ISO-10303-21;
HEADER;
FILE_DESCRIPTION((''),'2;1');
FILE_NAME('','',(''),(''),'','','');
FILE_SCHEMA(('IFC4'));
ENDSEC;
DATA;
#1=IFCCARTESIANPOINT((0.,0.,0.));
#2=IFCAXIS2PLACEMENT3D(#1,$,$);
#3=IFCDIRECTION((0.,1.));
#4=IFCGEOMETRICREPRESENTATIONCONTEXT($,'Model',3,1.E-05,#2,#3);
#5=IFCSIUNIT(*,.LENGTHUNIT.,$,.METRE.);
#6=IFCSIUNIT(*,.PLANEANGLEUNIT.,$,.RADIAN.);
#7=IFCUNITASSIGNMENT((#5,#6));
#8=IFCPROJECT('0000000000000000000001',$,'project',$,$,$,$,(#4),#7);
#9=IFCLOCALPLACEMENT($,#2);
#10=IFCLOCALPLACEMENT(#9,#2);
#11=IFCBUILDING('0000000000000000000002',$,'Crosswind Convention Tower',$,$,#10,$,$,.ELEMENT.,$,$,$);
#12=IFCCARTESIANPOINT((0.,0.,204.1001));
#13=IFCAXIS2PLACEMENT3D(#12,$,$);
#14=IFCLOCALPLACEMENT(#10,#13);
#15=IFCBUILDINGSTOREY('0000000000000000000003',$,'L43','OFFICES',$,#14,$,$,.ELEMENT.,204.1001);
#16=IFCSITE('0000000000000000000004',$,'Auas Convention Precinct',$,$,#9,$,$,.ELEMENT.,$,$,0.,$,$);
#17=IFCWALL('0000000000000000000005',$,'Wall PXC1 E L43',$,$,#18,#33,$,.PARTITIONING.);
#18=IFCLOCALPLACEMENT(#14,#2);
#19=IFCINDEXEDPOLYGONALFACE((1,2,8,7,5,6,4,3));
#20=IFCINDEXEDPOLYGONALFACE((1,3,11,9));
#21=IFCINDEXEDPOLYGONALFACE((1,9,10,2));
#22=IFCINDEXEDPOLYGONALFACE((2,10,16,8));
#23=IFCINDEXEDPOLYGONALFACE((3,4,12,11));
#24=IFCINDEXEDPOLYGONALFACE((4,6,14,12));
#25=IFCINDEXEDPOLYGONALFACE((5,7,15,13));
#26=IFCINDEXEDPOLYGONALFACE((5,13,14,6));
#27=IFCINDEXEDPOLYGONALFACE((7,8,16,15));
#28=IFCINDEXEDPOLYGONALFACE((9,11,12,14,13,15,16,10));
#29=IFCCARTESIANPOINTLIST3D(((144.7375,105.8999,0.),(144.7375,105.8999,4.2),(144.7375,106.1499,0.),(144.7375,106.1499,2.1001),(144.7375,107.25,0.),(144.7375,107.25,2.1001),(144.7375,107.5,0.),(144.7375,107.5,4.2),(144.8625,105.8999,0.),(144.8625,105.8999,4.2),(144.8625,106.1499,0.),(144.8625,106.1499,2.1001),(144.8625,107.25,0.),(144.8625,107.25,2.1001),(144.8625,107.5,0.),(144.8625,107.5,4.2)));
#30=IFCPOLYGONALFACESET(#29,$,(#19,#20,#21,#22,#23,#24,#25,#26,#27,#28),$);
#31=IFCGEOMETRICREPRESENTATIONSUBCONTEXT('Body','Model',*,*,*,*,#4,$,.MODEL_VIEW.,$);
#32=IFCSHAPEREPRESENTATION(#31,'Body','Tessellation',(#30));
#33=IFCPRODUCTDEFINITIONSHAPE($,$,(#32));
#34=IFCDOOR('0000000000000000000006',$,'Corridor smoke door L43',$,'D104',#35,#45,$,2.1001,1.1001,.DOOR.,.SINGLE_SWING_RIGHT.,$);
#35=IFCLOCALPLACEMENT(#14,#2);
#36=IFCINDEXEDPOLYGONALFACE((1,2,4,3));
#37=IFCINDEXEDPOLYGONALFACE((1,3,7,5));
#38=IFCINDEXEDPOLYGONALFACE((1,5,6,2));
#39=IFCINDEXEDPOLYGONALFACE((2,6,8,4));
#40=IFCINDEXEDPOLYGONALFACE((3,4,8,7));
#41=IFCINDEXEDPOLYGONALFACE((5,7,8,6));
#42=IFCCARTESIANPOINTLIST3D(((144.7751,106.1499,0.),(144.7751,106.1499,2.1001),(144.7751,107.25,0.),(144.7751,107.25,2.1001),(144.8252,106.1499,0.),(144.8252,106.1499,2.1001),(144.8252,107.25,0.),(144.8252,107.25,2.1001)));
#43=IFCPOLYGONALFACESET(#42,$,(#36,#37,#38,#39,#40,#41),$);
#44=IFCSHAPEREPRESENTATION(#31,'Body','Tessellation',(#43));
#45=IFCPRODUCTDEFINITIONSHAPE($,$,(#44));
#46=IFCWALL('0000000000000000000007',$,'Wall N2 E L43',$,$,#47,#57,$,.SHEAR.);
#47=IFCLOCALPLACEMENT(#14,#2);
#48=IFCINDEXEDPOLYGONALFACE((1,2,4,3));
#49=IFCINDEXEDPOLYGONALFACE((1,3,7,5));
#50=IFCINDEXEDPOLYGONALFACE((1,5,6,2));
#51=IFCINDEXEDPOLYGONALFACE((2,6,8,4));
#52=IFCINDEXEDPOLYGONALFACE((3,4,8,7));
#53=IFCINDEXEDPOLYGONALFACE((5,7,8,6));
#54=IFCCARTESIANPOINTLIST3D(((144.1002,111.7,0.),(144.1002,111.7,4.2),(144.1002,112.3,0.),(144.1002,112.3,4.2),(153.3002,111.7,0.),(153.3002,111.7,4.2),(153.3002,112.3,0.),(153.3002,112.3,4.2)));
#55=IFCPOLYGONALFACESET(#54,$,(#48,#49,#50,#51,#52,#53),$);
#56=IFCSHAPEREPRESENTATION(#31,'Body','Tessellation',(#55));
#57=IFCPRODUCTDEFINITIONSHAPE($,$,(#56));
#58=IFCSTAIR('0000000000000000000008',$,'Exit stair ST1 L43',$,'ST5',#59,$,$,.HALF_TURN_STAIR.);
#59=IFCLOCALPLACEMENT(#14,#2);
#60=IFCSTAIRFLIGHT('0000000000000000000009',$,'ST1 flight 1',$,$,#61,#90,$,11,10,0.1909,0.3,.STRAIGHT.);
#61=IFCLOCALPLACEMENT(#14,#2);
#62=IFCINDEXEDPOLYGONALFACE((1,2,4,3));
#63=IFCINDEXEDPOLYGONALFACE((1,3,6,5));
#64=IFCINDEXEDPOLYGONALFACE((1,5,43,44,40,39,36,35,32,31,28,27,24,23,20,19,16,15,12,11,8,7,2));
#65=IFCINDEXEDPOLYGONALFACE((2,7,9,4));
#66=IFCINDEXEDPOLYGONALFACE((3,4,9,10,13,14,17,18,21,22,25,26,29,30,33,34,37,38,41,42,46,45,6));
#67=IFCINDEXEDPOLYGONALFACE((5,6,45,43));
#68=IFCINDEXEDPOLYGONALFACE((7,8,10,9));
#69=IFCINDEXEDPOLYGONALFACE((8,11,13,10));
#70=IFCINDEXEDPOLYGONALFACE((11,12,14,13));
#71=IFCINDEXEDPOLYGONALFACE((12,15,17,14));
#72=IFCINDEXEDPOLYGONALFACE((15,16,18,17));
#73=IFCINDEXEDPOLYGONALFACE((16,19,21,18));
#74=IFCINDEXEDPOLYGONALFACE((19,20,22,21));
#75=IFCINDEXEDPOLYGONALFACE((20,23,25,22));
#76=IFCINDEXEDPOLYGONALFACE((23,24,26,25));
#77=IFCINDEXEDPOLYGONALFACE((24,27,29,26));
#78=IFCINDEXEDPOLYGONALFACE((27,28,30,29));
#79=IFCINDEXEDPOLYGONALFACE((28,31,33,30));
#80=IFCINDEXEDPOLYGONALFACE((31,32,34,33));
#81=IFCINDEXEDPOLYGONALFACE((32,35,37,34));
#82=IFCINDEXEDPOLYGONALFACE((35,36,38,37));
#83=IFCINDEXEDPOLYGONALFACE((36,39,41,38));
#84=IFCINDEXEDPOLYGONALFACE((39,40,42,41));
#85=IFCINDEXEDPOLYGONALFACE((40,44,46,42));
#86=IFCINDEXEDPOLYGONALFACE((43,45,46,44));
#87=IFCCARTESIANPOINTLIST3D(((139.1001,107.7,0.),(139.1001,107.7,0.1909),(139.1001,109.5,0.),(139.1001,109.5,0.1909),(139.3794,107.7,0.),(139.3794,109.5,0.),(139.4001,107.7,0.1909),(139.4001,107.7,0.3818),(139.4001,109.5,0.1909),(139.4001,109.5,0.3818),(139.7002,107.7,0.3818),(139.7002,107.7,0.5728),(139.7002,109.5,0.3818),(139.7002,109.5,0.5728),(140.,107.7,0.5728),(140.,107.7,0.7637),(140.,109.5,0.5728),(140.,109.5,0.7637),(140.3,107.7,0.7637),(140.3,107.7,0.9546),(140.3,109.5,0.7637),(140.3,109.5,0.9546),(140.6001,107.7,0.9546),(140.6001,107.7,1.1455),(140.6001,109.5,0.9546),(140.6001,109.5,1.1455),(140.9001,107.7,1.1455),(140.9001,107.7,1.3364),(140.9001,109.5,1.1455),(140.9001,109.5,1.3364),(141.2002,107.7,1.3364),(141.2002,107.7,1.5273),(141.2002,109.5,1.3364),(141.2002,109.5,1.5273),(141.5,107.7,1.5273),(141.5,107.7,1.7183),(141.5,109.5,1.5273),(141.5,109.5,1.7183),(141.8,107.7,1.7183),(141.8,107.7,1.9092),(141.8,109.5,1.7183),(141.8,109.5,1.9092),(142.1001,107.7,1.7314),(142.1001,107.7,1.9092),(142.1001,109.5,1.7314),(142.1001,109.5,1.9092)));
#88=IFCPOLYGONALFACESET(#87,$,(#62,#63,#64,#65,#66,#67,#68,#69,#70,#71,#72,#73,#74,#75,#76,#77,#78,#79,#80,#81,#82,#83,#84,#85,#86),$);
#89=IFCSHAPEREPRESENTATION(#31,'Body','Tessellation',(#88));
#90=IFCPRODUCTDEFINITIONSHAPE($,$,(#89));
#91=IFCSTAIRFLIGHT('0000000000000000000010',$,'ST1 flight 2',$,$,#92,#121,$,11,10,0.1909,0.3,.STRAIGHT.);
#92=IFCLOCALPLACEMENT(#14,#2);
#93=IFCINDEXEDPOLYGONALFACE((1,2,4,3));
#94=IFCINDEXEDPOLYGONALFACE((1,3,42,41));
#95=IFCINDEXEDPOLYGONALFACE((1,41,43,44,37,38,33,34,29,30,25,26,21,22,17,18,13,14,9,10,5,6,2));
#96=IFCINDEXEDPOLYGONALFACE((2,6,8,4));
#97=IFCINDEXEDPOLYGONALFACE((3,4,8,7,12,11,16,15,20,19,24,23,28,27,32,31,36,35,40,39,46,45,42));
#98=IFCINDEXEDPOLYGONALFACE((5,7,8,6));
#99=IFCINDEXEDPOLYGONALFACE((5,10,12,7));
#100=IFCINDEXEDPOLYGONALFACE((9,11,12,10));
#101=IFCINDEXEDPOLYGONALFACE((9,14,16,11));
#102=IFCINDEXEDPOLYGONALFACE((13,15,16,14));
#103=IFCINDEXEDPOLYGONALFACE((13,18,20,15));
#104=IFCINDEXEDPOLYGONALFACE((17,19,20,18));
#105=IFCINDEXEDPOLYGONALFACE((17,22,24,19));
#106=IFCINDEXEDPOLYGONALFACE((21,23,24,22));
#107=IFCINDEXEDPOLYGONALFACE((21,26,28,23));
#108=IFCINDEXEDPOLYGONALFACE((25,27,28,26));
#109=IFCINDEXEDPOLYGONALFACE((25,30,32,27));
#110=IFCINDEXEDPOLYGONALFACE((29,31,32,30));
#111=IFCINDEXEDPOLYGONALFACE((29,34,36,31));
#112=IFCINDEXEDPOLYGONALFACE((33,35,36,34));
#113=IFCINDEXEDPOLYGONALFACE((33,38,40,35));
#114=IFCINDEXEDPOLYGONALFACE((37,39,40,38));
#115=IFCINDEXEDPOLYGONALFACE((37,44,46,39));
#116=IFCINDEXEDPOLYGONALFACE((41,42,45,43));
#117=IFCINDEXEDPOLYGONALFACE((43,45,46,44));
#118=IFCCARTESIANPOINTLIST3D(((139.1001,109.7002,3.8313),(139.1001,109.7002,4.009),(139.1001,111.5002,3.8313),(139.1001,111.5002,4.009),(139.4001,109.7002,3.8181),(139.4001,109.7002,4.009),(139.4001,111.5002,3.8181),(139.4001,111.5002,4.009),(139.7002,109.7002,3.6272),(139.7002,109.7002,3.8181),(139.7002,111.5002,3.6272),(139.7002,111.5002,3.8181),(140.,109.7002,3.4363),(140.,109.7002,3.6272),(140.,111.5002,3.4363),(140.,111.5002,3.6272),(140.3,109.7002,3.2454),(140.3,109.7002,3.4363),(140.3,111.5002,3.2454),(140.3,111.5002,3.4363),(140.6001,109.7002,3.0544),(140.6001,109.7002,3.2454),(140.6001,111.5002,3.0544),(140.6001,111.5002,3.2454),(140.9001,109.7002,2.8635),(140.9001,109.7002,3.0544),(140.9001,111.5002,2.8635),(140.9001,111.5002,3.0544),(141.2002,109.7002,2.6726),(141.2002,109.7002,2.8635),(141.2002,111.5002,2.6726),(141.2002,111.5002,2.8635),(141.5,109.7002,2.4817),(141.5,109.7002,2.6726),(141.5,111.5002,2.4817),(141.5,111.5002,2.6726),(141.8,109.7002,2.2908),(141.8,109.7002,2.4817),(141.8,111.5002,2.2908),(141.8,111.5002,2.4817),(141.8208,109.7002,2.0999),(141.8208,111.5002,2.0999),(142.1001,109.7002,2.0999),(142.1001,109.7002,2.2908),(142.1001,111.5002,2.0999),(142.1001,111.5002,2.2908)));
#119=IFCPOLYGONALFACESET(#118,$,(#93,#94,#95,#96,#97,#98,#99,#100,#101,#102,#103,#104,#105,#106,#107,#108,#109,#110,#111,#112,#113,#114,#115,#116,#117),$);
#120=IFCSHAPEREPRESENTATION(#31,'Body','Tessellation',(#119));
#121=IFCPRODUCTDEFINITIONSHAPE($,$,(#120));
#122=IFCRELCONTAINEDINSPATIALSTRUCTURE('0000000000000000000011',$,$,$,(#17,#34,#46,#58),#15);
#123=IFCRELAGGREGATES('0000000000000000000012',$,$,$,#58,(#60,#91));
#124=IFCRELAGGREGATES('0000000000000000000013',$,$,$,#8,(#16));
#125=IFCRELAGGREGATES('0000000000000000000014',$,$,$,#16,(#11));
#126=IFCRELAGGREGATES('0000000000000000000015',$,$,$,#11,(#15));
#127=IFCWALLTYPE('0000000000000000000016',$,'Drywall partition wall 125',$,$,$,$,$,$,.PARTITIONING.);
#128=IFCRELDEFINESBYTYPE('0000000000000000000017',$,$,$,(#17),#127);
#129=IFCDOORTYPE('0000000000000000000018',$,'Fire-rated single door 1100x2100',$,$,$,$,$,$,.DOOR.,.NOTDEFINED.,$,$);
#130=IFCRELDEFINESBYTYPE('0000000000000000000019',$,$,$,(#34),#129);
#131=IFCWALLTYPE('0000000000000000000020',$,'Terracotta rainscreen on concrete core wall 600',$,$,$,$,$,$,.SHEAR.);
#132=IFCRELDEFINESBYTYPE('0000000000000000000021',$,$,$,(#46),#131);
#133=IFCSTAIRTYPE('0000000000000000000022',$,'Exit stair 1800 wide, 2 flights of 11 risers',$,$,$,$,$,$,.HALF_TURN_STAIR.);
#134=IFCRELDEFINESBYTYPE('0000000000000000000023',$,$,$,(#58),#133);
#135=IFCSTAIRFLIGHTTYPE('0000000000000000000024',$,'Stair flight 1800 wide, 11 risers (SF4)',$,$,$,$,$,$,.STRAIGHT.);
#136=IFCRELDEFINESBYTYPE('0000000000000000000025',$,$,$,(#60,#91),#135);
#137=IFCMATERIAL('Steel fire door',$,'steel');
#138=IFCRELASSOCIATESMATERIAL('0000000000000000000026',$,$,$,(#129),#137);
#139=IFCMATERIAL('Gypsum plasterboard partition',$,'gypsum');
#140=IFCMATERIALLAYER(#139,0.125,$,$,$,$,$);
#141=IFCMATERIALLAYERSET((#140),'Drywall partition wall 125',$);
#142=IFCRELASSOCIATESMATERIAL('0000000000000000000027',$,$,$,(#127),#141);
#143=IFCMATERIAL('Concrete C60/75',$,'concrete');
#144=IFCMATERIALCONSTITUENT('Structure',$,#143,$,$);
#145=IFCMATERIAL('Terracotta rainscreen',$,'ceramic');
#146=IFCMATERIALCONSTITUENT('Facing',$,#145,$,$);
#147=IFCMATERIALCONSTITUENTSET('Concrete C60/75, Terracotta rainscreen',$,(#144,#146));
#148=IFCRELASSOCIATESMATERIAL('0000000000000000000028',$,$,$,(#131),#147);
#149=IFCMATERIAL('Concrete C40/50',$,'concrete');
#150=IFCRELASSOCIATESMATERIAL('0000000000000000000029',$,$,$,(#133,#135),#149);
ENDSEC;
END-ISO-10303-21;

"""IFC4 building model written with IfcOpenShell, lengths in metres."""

from ifc_helpers import new_model, si_unit, direction, frame, frame_2d, origin, place, context, subcontext, project, spatial, polyline, rectangle, outline, extrude, material, layer, layer_set, constituent, constituent_set, type_object, element, fill, aggregate, save


model = new_model("IFC4")

# Units and contexts
model_context = context("Model", 3, precision=1e-05, world=origin(), true_north=direction((0.0, 1.0)))
body_context = subcontext(model_context, "Body", "Model", "MODEL_VIEW")
ifc_project = project(units=[si_unit("LENGTHUNIT", "METRE"), si_unit("PLANEANGLEUNIT", "RADIAN")], contexts=[model_context])

# Site, building, storey
site_placement = place(None, origin())
site = spatial("IfcSite", under=ifc_project, at=site_placement, Name="Auas Convention Precinct", CompositionType="ELEMENT", RefElevation=0.0)
building_placement = place(site_placement, origin())
building = spatial("IfcBuilding", under=site, at=building_placement, Name="Crosswind Convention Tower", CompositionType="ELEMENT")
storey_placement = place(building_placement, frame((0.0, 0.0, 204.1001)))
storey = spatial("IfcBuildingStorey", under=building, at=storey_placement, Name="L43", Description="OFFICES", CompositionType="ELEMENT", Elevation=204.1001)

# Shared definitions
ifc_material_1 = material(Name="Steel fire door", Category="steel")
door_type_1 = type_object("IfcDoorType", Name="Fire-rated single door 1100x2100", OperationType="NOTDEFINED", PredefinedType="DOOR", material=ifc_material_1)

# Shared definitions
ifc_material_2 = material(Name="Gypsum plasterboard partition", Category="gypsum")
ifc_layer_1 = layer(ifc_material_2, 0.125)
ifc_layer_set_1 = layer_set([ifc_layer_1], Name="Drywall partition wall 125")
wall_type_1 = type_object("IfcWallType", Name="Drywall partition wall 125", PredefinedType="PARTITIONING", material=ifc_layer_set_1)

# Wall, opening, door
wall_1_placement = place(storey_placement, frame((144.8, 105.8999, 0.0), z_axis=(0.0, 0.0, 1.0), x_axis=(0.0, 1.0, 0.0)))
wall_1 = element("IfcWall", 1, at=wall_1_placement, inside=storey, type_object=wall_type_1, Name="Wall PXC1 E L43", PredefinedType="PARTITIONING", context=body_context, shape_type="SweptSolid", body=[
    extrude(rectangle(XDim=1.6001, YDim=0.125, at=frame_2d((0.8, 0.0))), origin(), (0.0, 0.0, 1.0), 4.2),
])
opening_1_placement = place(wall_1_placement, frame((0.25, 0.0, 0.0)))
opening_1 = element("IfcOpeningElement", 2, at=opening_1_placement, cuts=wall_1, PredefinedType="OPENING", context=body_context, shape_type="SweptSolid", body=[
    extrude(rectangle(XDim=1.1001, YDim=2.1001, at=frame_2d((0.55, 1.05))), frame((0.0, 0.0725, 0.0), z_axis=(0.0, -1.0, 0.0), x_axis=(1.0, 0.0, 0.0)), (0.0, 0.0, 1.0), 0.145),
])
door_1_placement = place(opening_1_placement, origin())
door_1 = element("IfcDoor", 3, at=door_1_placement, inside=storey, type_object=door_type_1, Name="Corridor smoke door L43", ObjectType="D104", OperationType="SINGLE_SWING_RIGHT", OverallHeight=2.1001, OverallWidth=1.1001, PredefinedType="DOOR", context=body_context, shape_type="SweptSolid", body=[
    extrude(rectangle(XDim=1.1001, YDim=2.1001, at=frame_2d((0.55, 1.05))), frame((0.0, 0.0249, 0.0), z_axis=(0.0, -1.0, 0.0), x_axis=(1.0, 0.0, 0.0)), (0.0, 0.0, 1.0), 0.05),
])
fill(opening_1, door_1)

# Wall
ifc_material_3 = material(Name="Concrete C60/75", Category="concrete")
ifc_constituent_1 = constituent(ifc_material_3, Name="Structure")
ifc_material_4 = material(Name="Terracotta rainscreen", Category="ceramic")
ifc_constituent_2 = constituent(ifc_material_4, Name="Facing")
ifc_constituent_set = constituent_set(constituents=[ifc_constituent_1, ifc_constituent_2], Name="Concrete C60/75, Terracotta rainscreen")
wall_type_2 = type_object("IfcWallType", Name="Terracotta rainscreen on concrete core wall 600", PredefinedType="SHEAR", material=ifc_constituent_set)
wall_2_placement = place(storey_placement, frame((144.1001, 112.0, 0.0), z_axis=(0.0, 0.0, 1.0), x_axis=(1.0, 0.0, 0.0)))
element("IfcWall", 4, at=wall_2_placement, inside=storey, type_object=wall_type_2, Name="Wall N2 E L43", PredefinedType="SHEAR", context=body_context, shape_type="SweptSolid", body=[
    extrude(rectangle(XDim=9.2, YDim=0.6001, at=frame_2d((4.6001, 0.0))), origin(), (0.0, 0.0, 1.0), 4.2),
])

# Stair, stair flights
ifc_material_5 = material(Name="Concrete C40/50", Category="concrete")
stair_type = type_object("IfcStairType", Name="Exit stair 1800 wide, 2 flights of 11 risers", PredefinedType="HALF_TURN_STAIR", material=ifc_material_5)
stair_placement = place(storey_placement, origin())
stair = element("IfcStair", 5, at=stair_placement, inside=storey, type_object=stair_type, Name="Exit stair ST1 L43", ObjectType="ST5", PredefinedType="HALF_TURN_STAIR")
stair_flight_type = type_object("IfcStairFlightType", Name="Stair flight 1800 wide, 11 risers (SF4)", PredefinedType="STRAIGHT", material=ifc_material_5)
stair_flight_1_placement = place(storey_placement, frame((139.1001, 108.6001, 0.0), z_axis=(0.0, 0.0, 1.0), x_axis=(1.0, 0.0, 0.0)))
stair_flight_1 = element("IfcStairFlight", 6, at=stair_flight_1_placement, type_object=stair_flight_type, Name="ST1 flight 1", NumberOfRisers=11, NumberOfTreads=10, PredefinedType="STRAIGHT", RiserHeight=0.1909, TreadLength=0.3, context=body_context, shape_type="SweptSolid", body=[
    extrude(outline(polyline([(0.0, 0.0), (0.0, 0.1909), (0.3, 0.1909), (0.3, 0.3818), (0.6001, 0.3818), (0.6001, 0.5728), (0.8999, 0.5728), (0.8999, 0.7637), (1.2, 0.7637), (1.2, 0.9546), (1.5, 0.9546), (1.5, 1.1455), (1.8, 1.1455), (1.8, 1.3364), (2.1001, 1.3364), (2.1001, 1.5273), (2.3999, 1.5273), (2.3999, 1.7183), (2.7, 1.7183), (2.7, 1.9092), (3.0, 1.9092), (3.0, 2.1001), (3.0, 1.7314), (0.2793, 0.0), (0.0, 0.0)])), frame((0.0, 0.8999, 0.0), z_axis=(0.0, -1.0, 0.0), x_axis=(1.0, 0.0, 0.0)), (0.0, 0.0, 1.0), 1.8),
])
stair_flight_2_placement = place(storey_placement, frame((142.1001, 110.6001, 2.0999), z_axis=(0.0, 0.0, 1.0), x_axis=(-1.0, 0.0, 0.0)))
stair_flight_2 = element("IfcStairFlight", 7, at=stair_flight_2_placement, type_object=stair_flight_type, Name="ST1 flight 2", NumberOfRisers=11, NumberOfTreads=10, PredefinedType="STRAIGHT", RiserHeight=0.1909, TreadLength=0.3, context=body_context, shape_type="SweptSolid", body=[
    extrude(outline(polyline([(0.0, 0.0), (0.0, 0.1909), (0.3, 0.1909), (0.3, 0.3818), (0.6001, 0.3818), (0.6001, 0.5728), (0.8999, 0.5728), (0.8999, 0.7637), (1.2, 0.7637), (1.2, 0.9546), (1.5, 0.9546), (1.5, 1.1455), (1.8, 1.1455), (1.8, 1.3364), (2.1001, 1.3364), (2.1001, 1.5273), (2.3999, 1.5273), (2.3999, 1.7183), (2.7, 1.7183), (2.7, 1.9092), (3.0, 1.9092), (3.0, 2.1001), (3.0, 1.7314), (0.2793, 0.0), (0.0, 0.0)])), frame((0.0, 0.8999, 0.0), z_axis=(0.0, -1.0, 0.0), x_axis=(1.0, 0.0, 0.0)), (0.0, 0.0, 1.0), 1.8),
])
aggregate(stair, [stair_flight_1, stair_flight_2])

save(model, "model.ifc")
